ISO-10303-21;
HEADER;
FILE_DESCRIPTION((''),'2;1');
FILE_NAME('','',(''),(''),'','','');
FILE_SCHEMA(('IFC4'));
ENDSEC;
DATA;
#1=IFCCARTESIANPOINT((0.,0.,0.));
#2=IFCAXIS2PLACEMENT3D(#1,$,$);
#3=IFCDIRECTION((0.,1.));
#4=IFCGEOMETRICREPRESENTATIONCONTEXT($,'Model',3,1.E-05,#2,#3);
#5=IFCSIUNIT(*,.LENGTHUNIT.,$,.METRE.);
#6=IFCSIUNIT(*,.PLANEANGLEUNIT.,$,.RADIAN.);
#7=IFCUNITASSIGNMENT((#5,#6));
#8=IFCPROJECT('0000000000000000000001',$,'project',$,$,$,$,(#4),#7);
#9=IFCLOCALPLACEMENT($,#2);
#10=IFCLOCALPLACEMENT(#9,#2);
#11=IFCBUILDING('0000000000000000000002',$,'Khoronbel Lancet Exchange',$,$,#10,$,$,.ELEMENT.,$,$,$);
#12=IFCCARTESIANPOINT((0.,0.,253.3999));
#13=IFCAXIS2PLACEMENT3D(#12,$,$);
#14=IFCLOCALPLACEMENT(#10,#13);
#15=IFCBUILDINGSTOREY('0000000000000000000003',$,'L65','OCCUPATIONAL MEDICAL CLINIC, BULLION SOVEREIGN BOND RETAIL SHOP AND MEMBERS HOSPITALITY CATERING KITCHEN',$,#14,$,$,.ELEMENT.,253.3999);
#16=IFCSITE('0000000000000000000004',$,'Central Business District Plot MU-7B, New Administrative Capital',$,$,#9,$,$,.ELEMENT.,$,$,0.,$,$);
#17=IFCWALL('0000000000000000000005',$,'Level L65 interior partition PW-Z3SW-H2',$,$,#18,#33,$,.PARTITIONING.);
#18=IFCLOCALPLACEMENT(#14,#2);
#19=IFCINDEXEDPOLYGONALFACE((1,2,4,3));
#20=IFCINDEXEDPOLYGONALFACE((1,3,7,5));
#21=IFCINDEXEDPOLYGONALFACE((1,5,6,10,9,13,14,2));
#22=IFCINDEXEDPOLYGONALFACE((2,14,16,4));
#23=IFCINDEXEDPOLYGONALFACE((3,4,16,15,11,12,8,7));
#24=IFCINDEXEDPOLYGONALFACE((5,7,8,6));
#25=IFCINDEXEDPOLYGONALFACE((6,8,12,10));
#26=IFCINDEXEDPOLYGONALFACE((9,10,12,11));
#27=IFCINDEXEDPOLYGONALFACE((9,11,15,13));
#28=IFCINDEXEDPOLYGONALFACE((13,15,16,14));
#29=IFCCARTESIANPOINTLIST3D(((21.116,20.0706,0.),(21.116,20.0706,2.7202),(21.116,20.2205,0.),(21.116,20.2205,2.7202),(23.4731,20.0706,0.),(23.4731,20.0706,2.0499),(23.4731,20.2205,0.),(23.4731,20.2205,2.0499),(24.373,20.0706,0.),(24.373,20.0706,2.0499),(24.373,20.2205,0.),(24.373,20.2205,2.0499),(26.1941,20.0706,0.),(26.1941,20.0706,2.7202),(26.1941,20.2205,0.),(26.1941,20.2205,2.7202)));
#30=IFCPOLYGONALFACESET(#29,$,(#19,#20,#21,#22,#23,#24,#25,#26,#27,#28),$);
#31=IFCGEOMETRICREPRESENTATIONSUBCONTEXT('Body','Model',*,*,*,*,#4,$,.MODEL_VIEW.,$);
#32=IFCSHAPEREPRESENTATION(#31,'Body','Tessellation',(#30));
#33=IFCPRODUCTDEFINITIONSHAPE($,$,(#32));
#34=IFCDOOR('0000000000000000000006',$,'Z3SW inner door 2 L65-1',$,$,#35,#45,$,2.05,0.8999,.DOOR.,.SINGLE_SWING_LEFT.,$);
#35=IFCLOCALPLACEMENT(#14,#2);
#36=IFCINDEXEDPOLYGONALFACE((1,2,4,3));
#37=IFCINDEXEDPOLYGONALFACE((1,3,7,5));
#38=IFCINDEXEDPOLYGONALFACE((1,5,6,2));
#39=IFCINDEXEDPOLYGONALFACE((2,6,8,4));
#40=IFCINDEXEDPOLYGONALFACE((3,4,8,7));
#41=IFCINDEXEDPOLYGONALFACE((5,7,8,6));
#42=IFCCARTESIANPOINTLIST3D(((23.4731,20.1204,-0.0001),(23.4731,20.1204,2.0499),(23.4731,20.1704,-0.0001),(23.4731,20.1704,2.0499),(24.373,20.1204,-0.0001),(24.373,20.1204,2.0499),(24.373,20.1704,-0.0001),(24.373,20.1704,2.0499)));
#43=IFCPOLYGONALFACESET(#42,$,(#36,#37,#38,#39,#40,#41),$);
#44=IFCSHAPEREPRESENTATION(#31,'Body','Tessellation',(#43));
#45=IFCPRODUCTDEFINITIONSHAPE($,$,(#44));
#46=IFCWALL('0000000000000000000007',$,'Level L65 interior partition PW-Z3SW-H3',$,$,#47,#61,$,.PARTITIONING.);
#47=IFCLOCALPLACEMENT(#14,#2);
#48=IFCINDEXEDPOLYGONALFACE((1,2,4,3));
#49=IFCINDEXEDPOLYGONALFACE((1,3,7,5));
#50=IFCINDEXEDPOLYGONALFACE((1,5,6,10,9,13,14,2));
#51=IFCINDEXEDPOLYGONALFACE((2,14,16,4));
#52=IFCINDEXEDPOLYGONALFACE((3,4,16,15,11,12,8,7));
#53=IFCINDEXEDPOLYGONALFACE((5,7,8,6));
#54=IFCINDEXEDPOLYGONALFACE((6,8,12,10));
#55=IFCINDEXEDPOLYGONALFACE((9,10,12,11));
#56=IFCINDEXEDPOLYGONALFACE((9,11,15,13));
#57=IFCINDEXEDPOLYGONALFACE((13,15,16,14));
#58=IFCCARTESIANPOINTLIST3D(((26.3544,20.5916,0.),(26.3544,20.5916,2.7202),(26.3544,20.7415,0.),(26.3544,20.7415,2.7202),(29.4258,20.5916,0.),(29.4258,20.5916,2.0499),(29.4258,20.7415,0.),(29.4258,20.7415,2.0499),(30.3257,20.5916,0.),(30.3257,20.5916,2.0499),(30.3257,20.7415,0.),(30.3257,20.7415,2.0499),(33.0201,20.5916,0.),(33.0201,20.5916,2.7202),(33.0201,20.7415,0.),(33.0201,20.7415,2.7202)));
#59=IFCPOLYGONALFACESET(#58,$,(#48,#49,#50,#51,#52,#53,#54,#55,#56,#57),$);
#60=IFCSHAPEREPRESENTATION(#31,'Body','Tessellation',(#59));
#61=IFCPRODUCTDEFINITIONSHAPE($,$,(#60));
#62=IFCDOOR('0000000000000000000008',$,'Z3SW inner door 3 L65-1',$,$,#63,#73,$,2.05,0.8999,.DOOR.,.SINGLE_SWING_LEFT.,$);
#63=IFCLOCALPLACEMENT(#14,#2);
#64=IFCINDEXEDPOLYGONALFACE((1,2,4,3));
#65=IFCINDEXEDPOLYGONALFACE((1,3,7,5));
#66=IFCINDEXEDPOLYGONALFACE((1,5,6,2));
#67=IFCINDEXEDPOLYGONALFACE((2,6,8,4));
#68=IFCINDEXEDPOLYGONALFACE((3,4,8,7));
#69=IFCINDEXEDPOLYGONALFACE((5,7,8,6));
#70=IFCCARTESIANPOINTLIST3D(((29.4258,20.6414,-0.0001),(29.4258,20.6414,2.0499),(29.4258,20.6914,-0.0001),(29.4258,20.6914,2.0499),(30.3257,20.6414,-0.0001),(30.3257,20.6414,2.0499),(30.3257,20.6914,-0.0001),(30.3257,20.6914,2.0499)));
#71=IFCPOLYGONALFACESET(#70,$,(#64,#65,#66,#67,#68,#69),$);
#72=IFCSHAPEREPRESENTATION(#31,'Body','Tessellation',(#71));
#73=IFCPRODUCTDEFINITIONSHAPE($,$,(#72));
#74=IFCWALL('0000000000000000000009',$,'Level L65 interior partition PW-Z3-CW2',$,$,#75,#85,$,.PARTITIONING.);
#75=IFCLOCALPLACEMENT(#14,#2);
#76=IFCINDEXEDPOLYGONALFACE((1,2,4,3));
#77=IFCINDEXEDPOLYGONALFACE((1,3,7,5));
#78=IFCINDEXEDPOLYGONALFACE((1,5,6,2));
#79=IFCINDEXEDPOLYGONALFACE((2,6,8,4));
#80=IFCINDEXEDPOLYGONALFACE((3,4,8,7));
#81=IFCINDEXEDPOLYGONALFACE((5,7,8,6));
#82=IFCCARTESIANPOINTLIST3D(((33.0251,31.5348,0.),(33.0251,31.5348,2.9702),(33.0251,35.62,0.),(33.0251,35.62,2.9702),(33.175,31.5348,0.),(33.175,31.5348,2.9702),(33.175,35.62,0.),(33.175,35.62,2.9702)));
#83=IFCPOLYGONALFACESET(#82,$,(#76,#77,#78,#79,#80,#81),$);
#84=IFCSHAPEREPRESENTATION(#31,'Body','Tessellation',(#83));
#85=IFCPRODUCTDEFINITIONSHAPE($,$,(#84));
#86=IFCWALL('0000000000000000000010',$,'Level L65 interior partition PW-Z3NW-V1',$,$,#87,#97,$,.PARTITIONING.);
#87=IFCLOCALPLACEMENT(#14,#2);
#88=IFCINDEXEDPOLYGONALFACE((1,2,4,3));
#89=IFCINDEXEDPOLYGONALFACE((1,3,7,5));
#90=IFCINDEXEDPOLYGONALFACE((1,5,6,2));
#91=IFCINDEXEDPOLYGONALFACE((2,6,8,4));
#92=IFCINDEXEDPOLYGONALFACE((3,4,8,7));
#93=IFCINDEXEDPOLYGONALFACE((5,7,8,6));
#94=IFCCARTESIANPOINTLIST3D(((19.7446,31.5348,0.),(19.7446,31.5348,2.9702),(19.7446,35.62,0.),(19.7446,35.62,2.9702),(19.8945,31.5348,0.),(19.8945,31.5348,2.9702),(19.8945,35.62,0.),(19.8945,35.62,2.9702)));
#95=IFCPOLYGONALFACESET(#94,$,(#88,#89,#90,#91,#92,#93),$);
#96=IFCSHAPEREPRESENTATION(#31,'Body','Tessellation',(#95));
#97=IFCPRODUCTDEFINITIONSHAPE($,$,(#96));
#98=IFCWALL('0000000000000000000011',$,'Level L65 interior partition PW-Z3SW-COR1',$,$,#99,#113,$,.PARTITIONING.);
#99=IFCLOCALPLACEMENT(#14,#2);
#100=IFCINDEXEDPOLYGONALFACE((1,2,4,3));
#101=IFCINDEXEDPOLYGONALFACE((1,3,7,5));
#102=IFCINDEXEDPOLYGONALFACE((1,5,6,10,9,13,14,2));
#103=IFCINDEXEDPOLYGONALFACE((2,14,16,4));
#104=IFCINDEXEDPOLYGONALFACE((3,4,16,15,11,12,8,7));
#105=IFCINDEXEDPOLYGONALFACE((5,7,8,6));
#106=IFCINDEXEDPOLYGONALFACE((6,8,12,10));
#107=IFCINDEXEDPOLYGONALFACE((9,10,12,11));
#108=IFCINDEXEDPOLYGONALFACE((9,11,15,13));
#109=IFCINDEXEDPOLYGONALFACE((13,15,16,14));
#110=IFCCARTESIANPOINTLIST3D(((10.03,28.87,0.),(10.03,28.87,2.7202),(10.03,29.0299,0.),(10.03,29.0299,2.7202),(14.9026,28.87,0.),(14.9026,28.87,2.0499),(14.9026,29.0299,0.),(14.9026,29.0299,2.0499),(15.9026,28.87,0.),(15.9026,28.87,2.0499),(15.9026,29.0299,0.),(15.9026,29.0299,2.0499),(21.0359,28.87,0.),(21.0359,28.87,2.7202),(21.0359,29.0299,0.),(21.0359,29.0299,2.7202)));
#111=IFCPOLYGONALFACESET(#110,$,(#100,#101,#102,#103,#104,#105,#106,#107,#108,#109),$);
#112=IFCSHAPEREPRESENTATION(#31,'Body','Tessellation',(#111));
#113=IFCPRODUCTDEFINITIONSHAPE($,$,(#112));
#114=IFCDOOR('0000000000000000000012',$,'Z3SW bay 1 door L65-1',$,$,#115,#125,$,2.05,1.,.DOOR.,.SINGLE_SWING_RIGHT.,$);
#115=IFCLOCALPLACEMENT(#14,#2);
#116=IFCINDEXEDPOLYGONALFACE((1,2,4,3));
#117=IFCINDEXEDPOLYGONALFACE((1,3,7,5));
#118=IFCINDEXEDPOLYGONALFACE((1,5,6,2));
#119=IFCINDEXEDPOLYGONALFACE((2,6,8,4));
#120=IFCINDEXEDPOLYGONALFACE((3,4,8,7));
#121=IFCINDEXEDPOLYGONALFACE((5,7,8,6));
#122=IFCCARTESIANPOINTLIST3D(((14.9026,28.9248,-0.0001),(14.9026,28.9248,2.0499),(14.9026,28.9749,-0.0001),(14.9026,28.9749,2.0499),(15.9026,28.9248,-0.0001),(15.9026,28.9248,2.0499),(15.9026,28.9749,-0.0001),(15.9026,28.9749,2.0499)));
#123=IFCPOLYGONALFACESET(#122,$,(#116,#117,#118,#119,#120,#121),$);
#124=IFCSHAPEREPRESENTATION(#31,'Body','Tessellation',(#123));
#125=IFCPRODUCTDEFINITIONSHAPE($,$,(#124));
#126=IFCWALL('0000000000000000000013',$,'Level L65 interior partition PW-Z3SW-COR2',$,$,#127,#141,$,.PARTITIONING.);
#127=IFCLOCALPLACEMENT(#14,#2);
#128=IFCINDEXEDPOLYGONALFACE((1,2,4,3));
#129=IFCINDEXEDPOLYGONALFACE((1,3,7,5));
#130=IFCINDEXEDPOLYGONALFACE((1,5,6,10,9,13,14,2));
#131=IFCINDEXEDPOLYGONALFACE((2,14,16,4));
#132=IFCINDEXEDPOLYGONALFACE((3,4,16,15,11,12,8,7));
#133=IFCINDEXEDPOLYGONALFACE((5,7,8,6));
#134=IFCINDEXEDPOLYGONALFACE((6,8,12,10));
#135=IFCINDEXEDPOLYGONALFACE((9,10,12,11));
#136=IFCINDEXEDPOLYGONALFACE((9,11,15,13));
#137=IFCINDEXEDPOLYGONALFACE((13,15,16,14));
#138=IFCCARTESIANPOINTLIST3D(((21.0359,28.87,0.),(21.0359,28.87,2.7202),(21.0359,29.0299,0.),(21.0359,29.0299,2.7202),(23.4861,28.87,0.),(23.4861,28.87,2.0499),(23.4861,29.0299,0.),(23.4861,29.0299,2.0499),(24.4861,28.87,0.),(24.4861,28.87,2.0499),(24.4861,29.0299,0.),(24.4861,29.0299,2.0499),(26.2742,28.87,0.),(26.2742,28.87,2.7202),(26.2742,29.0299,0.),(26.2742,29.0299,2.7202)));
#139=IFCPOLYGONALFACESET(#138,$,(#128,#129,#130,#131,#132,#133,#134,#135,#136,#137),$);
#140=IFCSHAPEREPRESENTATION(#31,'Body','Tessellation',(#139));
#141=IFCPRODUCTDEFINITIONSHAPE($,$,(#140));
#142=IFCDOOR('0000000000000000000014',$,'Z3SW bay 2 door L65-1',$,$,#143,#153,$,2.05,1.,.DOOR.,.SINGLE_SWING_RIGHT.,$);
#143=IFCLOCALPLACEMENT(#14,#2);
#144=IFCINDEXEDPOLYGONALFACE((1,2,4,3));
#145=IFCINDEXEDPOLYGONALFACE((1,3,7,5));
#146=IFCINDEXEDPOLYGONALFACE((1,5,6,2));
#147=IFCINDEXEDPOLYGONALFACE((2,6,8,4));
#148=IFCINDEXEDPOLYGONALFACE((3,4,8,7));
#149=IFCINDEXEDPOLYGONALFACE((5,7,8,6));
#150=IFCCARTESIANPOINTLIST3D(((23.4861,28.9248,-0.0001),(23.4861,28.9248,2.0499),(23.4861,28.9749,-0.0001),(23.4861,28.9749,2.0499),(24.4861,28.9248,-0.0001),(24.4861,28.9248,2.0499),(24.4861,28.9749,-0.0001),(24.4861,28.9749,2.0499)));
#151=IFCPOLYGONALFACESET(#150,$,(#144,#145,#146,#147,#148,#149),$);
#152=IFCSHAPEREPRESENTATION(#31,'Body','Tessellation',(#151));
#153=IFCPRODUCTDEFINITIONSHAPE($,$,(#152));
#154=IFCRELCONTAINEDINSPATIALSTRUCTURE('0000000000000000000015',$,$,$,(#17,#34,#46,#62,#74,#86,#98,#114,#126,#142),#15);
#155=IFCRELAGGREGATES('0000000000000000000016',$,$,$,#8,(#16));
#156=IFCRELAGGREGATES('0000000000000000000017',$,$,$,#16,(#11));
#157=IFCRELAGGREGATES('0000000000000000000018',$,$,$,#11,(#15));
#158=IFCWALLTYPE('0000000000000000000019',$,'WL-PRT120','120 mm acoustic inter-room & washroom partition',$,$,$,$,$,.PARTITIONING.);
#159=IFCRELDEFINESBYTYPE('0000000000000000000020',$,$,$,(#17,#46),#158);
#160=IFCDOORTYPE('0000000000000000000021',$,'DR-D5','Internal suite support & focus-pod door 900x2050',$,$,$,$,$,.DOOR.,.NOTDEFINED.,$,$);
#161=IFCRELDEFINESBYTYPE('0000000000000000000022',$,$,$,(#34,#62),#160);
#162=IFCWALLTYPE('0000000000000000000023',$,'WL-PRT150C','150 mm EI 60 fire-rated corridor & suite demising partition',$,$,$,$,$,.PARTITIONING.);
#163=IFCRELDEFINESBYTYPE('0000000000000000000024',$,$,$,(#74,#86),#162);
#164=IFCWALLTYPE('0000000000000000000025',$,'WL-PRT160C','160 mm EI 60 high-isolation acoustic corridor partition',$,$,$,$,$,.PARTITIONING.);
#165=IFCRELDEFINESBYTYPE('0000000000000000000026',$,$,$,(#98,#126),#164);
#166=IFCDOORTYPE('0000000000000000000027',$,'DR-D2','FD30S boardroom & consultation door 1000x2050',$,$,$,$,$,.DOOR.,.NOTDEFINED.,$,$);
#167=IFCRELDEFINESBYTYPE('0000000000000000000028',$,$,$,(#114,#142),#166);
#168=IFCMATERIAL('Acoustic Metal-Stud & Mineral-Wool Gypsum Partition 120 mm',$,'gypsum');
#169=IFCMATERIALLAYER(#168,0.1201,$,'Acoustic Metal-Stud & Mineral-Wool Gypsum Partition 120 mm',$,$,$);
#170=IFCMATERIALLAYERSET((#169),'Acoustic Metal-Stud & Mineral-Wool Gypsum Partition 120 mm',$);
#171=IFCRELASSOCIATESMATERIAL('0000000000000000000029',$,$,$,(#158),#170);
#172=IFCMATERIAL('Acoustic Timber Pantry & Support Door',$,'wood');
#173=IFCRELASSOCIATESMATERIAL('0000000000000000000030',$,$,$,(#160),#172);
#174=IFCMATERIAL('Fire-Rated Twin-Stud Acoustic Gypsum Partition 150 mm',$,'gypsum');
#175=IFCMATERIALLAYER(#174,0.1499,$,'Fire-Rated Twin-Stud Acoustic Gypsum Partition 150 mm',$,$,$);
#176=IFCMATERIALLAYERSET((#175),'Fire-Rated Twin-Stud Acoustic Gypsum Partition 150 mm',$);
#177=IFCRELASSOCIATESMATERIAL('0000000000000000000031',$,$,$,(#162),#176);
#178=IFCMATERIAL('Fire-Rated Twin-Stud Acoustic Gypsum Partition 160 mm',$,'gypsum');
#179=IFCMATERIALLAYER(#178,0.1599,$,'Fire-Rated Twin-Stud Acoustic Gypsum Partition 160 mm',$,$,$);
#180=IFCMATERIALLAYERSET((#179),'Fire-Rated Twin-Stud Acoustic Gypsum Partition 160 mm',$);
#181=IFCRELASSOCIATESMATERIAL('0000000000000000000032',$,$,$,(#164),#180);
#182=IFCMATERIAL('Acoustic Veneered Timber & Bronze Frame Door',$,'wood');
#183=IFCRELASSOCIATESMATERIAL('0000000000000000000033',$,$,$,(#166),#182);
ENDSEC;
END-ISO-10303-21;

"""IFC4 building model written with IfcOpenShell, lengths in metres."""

from ifc_helpers import new_model, si_unit, direction, frame, frame_2d, origin, place, context, subcontext, project, spatial, rectangle, extrude, material, layer, layer_set, type_object, element, fill, save


model = new_model("IFC4")

# Units and contexts
model_context = context("Model", 3, precision=1e-05, world=origin(), true_north=direction((0.0, 1.0)))
body_context = subcontext(model_context, "Body", "Model", "MODEL_VIEW")
ifc_project = project(units=[si_unit("LENGTHUNIT", "METRE"), si_unit("PLANEANGLEUNIT", "RADIAN")], contexts=[model_context])

# Site, building, storey
site_placement = place(None, origin())
site = spatial("IfcSite", under=ifc_project, at=site_placement, Name="Central Business District Plot MU-7B, New Administrative Capital", CompositionType="ELEMENT", RefElevation=0.0)
building_placement = place(site_placement, origin())
building = spatial("IfcBuilding", under=site, at=building_placement, Name="Khoronbel Lancet Exchange", CompositionType="ELEMENT")
storey_placement = place(building_placement, frame((0.0, 0.0, 253.3999)))
storey = spatial("IfcBuildingStorey", under=building, at=storey_placement, Name="L65", Description="OCCUPATIONAL MEDICAL CLINIC, BULLION SOVEREIGN BOND RETAIL SHOP AND MEMBERS HOSPITALITY CATERING KITCHEN", CompositionType="ELEMENT", Elevation=253.3999)

# Walls, openings, doors
ifc_material_1 = material(Name="Acoustic Metal-Stud & Mineral-Wool Gypsum Partition 120 mm", Category="gypsum")
ifc_layer_1 = layer(ifc_material_1, 0.1201, Name="Acoustic Metal-Stud & Mineral-Wool Gypsum Partition 120 mm")
ifc_layer_set_1 = layer_set([ifc_layer_1], Name="Acoustic Metal-Stud & Mineral-Wool Gypsum Partition 120 mm")
wall_type_1 = type_object("IfcWallType", Name="WL-PRT120", Description="120 mm acoustic inter-room & washroom partition", PredefinedType="PARTITIONING", material=ifc_layer_set_1)
ifc_material_2 = material(Name="Acoustic Timber Pantry & Support Door", Category="wood")
door_type_1 = type_object("IfcDoorType", Name="DR-D5", Description="Internal suite support & focus-pod door 900x2050", OperationType="NOTDEFINED", PredefinedType="DOOR", material=ifc_material_2)
wall_1_placement = place(storey_placement, frame((21.116, 20.1455, 0.0), z_axis=(0.0, 0.0, 1.0), x_axis=(1.0, 0.0, 0.0)))
wall_1 = element("IfcWall", 1, at=wall_1_placement, inside=storey, type_object=wall_type_1, Name="Level L65 interior partition PW-Z3SW-H2", PredefinedType="PARTITIONING", context=body_context, shape_type="SweptSolid", body=[
    extrude(rectangle(XDim=5.0781, YDim=0.1499, at=frame_2d((2.5391, 0.0))), origin(), (0.0, 0.0, 1.0), 2.7202),
])
opening_1_placement = place(wall_1_placement, frame((2.3572, 0.0, 0.0)))
opening_1 = element("IfcOpeningElement", 2, at=opening_1_placement, cuts=wall_1, PredefinedType="OPENING", context=body_context, shape_type="SweptSolid", body=[
    extrude(rectangle(XDim=0.8999, YDim=2.05, at=frame_2d((0.45, 1.0249))), frame((0.0, 0.085, 0.0), z_axis=(0.0, -1.0, 0.0), x_axis=(1.0, 0.0, 0.0)), (0.0, 0.0, 1.0), 0.1699),
])
door_1_placement = place(opening_1_placement, origin())
door_1 = element("IfcDoor", 3, at=door_1_placement, inside=storey, type_object=door_type_1, Name="Z3SW inner door 2 L65-1", OperationType="SINGLE_SWING_LEFT", OverallHeight=2.05, OverallWidth=0.8999, PredefinedType="DOOR", context=body_context, shape_type="SweptSolid", body=[
    extrude(rectangle(XDim=0.8999, YDim=2.05, at=frame_2d((0.45, 1.0249))), frame((0.0, 0.0249, 0.0), z_axis=(0.0, -1.0, 0.0), x_axis=(1.0, 0.0, 0.0)), (0.0, 0.0, 1.0), 0.05),
])
fill(opening_1, door_1)
wall_2_placement = place(storey_placement, frame((26.3542, 20.6665, 0.0), z_axis=(0.0, 0.0, 1.0), x_axis=(1.0, 0.0, 0.0)))
wall_2 = element("IfcWall", 4, at=wall_2_placement, inside=storey, type_object=wall_type_1, Name="Level L65 interior partition PW-Z3SW-H3", PredefinedType="PARTITIONING", context=body_context, shape_type="SweptSolid", body=[
    extrude(rectangle(XDim=6.6658, YDim=0.1499, at=frame_2d((3.333, 0.0))), origin(), (0.0, 0.0, 1.0), 2.7202),
])
opening_2_placement = place(wall_2_placement, frame((3.0715, 0.0, 0.0)))
opening_2 = element("IfcOpeningElement", 5, at=opening_2_placement, cuts=wall_2, PredefinedType="OPENING", context=body_context, shape_type="SweptSolid", body=[
    extrude(rectangle(XDim=0.8999, YDim=2.05, at=frame_2d((0.45, 1.0249))), frame((0.0, 0.085, 0.0), z_axis=(0.0, -1.0, 0.0), x_axis=(1.0, 0.0, 0.0)), (0.0, 0.0, 1.0), 0.1699),
])
door_2_placement = place(opening_2_placement, origin())
door_2 = element("IfcDoor", 6, at=door_2_placement, inside=storey, type_object=door_type_1, Name="Z3SW inner door 3 L65-1", OperationType="SINGLE_SWING_LEFT", OverallHeight=2.05, OverallWidth=0.8999, PredefinedType="DOOR", context=body_context, shape_type="SweptSolid", body=[
    extrude(rectangle(XDim=0.8999, YDim=2.05, at=frame_2d((0.45, 1.0249))), frame((0.0, 0.0249, 0.0), z_axis=(0.0, -1.0, 0.0), x_axis=(1.0, 0.0, 0.0)), (0.0, 0.0, 1.0), 0.05),
])
fill(opening_2, door_2)

# Walls
ifc_material_3 = material(Name="Fire-Rated Twin-Stud Acoustic Gypsum Partition 150 mm", Category="gypsum")
ifc_layer_2 = layer(ifc_material_3, 0.1499, Name="Fire-Rated Twin-Stud Acoustic Gypsum Partition 150 mm")
ifc_layer_set_2 = layer_set([ifc_layer_2], Name="Fire-Rated Twin-Stud Acoustic Gypsum Partition 150 mm")
wall_type_2 = type_object("IfcWallType", Name="WL-PRT150C", Description="150 mm EI 60 fire-rated corridor & suite demising partition", PredefinedType="PARTITIONING", material=ifc_layer_set_2)
for number, where, z_axis, x_axis, name in (
    (7, (33.1001, 31.5349, 0.0), (0.0, 0.0, 1.0), (0.0, 1.0, 0.0), "Level L65 interior partition PW-Z3-CW2"),
    (8, (19.8196, 31.5349, 0.0), (0.0, 0.0, 1.0), (0.0, 1.0, 0.0), "Level L65 interior partition PW-Z3NW-V1"),
):
    element("IfcWall", number, at=place(storey_placement, frame(where, z_axis=z_axis, x_axis=x_axis)), inside=storey, type_object=wall_type_2, Name=name, PredefinedType="PARTITIONING", context=body_context, shape_type="SweptSolid", body=[
        extrude(rectangle(XDim=4.0852, YDim=0.1499, at=frame_2d((2.0425, 0.0))), origin(), (0.0, 0.0, 1.0), 2.9702),
    ])

# Walls, openings, doors
ifc_material_4 = material(Name="Fire-Rated Twin-Stud Acoustic Gypsum Partition 160 mm", Category="gypsum")
ifc_layer_3 = layer(ifc_material_4, 0.1599, Name="Fire-Rated Twin-Stud Acoustic Gypsum Partition 160 mm")
ifc_layer_set_3 = layer_set([ifc_layer_3], Name="Fire-Rated Twin-Stud Acoustic Gypsum Partition 160 mm")
wall_type_3 = type_object("IfcWallType", Name="WL-PRT160C", Description="160 mm EI 60 high-isolation acoustic corridor partition", PredefinedType="PARTITIONING", material=ifc_layer_set_3)
wall_3_placement = place(storey_placement, frame((10.03, 28.95, 0.0), z_axis=(0.0, 0.0, 1.0), x_axis=(1.0, 0.0, 0.0)))
wall_3 = element("IfcWall", 9, at=wall_3_placement, inside=storey, type_object=wall_type_3, Name="Level L65 interior partition PW-Z3SW-COR1", PredefinedType="PARTITIONING", context=body_context, shape_type="SweptSolid", body=[
    extrude(rectangle(XDim=11.0059, YDim=0.1599, at=frame_2d((5.5029, 0.0))), origin(), (0.0, 0.0, 1.0), 2.7202),
])
opening_3_placement = place(wall_3_placement, frame((4.8726, 0.0, 0.0)))
opening_3 = element("IfcOpeningElement", 10, at=opening_3_placement, cuts=wall_3, PredefinedType="OPENING", context=body_context, shape_type="SweptSolid", body=[
    extrude(rectangle(XDim=1.0, YDim=2.05, at=frame_2d((0.5, 1.0249))), frame((0.0, 0.0898, 0.0), z_axis=(0.0, -1.0, 0.0), x_axis=(1.0, 0.0, 0.0)), (0.0, 0.0, 1.0), 0.1799),
])
ifc_material_5 = material(Name="Acoustic Veneered Timber & Bronze Frame Door", Category="wood")
door_type_2 = type_object("IfcDoorType", Name="DR-D2", Description="FD30S boardroom & consultation door 1000x2050", OperationType="NOTDEFINED", PredefinedType="DOOR", material=ifc_material_5)
door_3_placement = place(opening_3_placement, origin())
door_3 = element("IfcDoor", 11, at=door_3_placement, inside=storey, type_object=door_type_2, Name="Z3SW bay 1 door L65-1", OperationType="SINGLE_SWING_RIGHT", OverallHeight=2.05, OverallWidth=1.0, PredefinedType="DOOR", context=body_context, shape_type="SweptSolid", body=[
    extrude(rectangle(XDim=1.0, YDim=2.05, at=frame_2d((0.5, 1.0249))), frame((0.0, 0.0249, 0.0), z_axis=(0.0, -1.0, 0.0), x_axis=(1.0, 0.0, 0.0)), (0.0, 0.0, 1.0), 0.05),
])
fill(opening_3, door_3)
wall_4_placement = place(storey_placement, frame((21.0359, 28.95, 0.0), z_axis=(0.0, 0.0, 1.0), x_axis=(1.0, 0.0, 0.0)))
wall_4 = element("IfcWall", 12, at=wall_4_placement, inside=storey, type_object=wall_type_3, Name="Level L65 interior partition PW-Z3SW-COR2", PredefinedType="PARTITIONING", context=body_context, shape_type="SweptSolid", body=[
    extrude(rectangle(XDim=5.2383, YDim=0.1599, at=frame_2d((2.6191, 0.0))), origin(), (0.0, 0.0, 1.0), 2.7202),
])
opening_4_placement = place(wall_4_placement, frame((2.4502, 0.0, 0.0)))
opening_4 = element("IfcOpeningElement", 13, at=opening_4_placement, cuts=wall_4, PredefinedType="OPENING", context=body_context, shape_type="SweptSolid", body=[
    extrude(rectangle(XDim=1.0, YDim=2.05, at=frame_2d((0.5, 1.0249))), frame((0.0, 0.0898, 0.0), z_axis=(0.0, -1.0, 0.0), x_axis=(1.0, 0.0, 0.0)), (0.0, 0.0, 1.0), 0.1799),
])
door_4_placement = place(opening_4_placement, origin())
door_4 = element("IfcDoor", 14, at=door_4_placement, inside=storey, type_object=door_type_2, Name="Z3SW bay 2 door L65-1", OperationType="SINGLE_SWING_RIGHT", OverallHeight=2.05, OverallWidth=1.0, PredefinedType="DOOR", context=body_context, shape_type="SweptSolid", body=[
    extrude(rectangle(XDim=1.0, YDim=2.05, at=frame_2d((0.5, 1.0249))), frame((0.0, 0.0249, 0.0), z_axis=(0.0, -1.0, 0.0), x_axis=(1.0, 0.0, 0.0)), (0.0, 0.0, 1.0), 0.05),
])
fill(opening_4, door_4)

save(model, "model.ifc")
